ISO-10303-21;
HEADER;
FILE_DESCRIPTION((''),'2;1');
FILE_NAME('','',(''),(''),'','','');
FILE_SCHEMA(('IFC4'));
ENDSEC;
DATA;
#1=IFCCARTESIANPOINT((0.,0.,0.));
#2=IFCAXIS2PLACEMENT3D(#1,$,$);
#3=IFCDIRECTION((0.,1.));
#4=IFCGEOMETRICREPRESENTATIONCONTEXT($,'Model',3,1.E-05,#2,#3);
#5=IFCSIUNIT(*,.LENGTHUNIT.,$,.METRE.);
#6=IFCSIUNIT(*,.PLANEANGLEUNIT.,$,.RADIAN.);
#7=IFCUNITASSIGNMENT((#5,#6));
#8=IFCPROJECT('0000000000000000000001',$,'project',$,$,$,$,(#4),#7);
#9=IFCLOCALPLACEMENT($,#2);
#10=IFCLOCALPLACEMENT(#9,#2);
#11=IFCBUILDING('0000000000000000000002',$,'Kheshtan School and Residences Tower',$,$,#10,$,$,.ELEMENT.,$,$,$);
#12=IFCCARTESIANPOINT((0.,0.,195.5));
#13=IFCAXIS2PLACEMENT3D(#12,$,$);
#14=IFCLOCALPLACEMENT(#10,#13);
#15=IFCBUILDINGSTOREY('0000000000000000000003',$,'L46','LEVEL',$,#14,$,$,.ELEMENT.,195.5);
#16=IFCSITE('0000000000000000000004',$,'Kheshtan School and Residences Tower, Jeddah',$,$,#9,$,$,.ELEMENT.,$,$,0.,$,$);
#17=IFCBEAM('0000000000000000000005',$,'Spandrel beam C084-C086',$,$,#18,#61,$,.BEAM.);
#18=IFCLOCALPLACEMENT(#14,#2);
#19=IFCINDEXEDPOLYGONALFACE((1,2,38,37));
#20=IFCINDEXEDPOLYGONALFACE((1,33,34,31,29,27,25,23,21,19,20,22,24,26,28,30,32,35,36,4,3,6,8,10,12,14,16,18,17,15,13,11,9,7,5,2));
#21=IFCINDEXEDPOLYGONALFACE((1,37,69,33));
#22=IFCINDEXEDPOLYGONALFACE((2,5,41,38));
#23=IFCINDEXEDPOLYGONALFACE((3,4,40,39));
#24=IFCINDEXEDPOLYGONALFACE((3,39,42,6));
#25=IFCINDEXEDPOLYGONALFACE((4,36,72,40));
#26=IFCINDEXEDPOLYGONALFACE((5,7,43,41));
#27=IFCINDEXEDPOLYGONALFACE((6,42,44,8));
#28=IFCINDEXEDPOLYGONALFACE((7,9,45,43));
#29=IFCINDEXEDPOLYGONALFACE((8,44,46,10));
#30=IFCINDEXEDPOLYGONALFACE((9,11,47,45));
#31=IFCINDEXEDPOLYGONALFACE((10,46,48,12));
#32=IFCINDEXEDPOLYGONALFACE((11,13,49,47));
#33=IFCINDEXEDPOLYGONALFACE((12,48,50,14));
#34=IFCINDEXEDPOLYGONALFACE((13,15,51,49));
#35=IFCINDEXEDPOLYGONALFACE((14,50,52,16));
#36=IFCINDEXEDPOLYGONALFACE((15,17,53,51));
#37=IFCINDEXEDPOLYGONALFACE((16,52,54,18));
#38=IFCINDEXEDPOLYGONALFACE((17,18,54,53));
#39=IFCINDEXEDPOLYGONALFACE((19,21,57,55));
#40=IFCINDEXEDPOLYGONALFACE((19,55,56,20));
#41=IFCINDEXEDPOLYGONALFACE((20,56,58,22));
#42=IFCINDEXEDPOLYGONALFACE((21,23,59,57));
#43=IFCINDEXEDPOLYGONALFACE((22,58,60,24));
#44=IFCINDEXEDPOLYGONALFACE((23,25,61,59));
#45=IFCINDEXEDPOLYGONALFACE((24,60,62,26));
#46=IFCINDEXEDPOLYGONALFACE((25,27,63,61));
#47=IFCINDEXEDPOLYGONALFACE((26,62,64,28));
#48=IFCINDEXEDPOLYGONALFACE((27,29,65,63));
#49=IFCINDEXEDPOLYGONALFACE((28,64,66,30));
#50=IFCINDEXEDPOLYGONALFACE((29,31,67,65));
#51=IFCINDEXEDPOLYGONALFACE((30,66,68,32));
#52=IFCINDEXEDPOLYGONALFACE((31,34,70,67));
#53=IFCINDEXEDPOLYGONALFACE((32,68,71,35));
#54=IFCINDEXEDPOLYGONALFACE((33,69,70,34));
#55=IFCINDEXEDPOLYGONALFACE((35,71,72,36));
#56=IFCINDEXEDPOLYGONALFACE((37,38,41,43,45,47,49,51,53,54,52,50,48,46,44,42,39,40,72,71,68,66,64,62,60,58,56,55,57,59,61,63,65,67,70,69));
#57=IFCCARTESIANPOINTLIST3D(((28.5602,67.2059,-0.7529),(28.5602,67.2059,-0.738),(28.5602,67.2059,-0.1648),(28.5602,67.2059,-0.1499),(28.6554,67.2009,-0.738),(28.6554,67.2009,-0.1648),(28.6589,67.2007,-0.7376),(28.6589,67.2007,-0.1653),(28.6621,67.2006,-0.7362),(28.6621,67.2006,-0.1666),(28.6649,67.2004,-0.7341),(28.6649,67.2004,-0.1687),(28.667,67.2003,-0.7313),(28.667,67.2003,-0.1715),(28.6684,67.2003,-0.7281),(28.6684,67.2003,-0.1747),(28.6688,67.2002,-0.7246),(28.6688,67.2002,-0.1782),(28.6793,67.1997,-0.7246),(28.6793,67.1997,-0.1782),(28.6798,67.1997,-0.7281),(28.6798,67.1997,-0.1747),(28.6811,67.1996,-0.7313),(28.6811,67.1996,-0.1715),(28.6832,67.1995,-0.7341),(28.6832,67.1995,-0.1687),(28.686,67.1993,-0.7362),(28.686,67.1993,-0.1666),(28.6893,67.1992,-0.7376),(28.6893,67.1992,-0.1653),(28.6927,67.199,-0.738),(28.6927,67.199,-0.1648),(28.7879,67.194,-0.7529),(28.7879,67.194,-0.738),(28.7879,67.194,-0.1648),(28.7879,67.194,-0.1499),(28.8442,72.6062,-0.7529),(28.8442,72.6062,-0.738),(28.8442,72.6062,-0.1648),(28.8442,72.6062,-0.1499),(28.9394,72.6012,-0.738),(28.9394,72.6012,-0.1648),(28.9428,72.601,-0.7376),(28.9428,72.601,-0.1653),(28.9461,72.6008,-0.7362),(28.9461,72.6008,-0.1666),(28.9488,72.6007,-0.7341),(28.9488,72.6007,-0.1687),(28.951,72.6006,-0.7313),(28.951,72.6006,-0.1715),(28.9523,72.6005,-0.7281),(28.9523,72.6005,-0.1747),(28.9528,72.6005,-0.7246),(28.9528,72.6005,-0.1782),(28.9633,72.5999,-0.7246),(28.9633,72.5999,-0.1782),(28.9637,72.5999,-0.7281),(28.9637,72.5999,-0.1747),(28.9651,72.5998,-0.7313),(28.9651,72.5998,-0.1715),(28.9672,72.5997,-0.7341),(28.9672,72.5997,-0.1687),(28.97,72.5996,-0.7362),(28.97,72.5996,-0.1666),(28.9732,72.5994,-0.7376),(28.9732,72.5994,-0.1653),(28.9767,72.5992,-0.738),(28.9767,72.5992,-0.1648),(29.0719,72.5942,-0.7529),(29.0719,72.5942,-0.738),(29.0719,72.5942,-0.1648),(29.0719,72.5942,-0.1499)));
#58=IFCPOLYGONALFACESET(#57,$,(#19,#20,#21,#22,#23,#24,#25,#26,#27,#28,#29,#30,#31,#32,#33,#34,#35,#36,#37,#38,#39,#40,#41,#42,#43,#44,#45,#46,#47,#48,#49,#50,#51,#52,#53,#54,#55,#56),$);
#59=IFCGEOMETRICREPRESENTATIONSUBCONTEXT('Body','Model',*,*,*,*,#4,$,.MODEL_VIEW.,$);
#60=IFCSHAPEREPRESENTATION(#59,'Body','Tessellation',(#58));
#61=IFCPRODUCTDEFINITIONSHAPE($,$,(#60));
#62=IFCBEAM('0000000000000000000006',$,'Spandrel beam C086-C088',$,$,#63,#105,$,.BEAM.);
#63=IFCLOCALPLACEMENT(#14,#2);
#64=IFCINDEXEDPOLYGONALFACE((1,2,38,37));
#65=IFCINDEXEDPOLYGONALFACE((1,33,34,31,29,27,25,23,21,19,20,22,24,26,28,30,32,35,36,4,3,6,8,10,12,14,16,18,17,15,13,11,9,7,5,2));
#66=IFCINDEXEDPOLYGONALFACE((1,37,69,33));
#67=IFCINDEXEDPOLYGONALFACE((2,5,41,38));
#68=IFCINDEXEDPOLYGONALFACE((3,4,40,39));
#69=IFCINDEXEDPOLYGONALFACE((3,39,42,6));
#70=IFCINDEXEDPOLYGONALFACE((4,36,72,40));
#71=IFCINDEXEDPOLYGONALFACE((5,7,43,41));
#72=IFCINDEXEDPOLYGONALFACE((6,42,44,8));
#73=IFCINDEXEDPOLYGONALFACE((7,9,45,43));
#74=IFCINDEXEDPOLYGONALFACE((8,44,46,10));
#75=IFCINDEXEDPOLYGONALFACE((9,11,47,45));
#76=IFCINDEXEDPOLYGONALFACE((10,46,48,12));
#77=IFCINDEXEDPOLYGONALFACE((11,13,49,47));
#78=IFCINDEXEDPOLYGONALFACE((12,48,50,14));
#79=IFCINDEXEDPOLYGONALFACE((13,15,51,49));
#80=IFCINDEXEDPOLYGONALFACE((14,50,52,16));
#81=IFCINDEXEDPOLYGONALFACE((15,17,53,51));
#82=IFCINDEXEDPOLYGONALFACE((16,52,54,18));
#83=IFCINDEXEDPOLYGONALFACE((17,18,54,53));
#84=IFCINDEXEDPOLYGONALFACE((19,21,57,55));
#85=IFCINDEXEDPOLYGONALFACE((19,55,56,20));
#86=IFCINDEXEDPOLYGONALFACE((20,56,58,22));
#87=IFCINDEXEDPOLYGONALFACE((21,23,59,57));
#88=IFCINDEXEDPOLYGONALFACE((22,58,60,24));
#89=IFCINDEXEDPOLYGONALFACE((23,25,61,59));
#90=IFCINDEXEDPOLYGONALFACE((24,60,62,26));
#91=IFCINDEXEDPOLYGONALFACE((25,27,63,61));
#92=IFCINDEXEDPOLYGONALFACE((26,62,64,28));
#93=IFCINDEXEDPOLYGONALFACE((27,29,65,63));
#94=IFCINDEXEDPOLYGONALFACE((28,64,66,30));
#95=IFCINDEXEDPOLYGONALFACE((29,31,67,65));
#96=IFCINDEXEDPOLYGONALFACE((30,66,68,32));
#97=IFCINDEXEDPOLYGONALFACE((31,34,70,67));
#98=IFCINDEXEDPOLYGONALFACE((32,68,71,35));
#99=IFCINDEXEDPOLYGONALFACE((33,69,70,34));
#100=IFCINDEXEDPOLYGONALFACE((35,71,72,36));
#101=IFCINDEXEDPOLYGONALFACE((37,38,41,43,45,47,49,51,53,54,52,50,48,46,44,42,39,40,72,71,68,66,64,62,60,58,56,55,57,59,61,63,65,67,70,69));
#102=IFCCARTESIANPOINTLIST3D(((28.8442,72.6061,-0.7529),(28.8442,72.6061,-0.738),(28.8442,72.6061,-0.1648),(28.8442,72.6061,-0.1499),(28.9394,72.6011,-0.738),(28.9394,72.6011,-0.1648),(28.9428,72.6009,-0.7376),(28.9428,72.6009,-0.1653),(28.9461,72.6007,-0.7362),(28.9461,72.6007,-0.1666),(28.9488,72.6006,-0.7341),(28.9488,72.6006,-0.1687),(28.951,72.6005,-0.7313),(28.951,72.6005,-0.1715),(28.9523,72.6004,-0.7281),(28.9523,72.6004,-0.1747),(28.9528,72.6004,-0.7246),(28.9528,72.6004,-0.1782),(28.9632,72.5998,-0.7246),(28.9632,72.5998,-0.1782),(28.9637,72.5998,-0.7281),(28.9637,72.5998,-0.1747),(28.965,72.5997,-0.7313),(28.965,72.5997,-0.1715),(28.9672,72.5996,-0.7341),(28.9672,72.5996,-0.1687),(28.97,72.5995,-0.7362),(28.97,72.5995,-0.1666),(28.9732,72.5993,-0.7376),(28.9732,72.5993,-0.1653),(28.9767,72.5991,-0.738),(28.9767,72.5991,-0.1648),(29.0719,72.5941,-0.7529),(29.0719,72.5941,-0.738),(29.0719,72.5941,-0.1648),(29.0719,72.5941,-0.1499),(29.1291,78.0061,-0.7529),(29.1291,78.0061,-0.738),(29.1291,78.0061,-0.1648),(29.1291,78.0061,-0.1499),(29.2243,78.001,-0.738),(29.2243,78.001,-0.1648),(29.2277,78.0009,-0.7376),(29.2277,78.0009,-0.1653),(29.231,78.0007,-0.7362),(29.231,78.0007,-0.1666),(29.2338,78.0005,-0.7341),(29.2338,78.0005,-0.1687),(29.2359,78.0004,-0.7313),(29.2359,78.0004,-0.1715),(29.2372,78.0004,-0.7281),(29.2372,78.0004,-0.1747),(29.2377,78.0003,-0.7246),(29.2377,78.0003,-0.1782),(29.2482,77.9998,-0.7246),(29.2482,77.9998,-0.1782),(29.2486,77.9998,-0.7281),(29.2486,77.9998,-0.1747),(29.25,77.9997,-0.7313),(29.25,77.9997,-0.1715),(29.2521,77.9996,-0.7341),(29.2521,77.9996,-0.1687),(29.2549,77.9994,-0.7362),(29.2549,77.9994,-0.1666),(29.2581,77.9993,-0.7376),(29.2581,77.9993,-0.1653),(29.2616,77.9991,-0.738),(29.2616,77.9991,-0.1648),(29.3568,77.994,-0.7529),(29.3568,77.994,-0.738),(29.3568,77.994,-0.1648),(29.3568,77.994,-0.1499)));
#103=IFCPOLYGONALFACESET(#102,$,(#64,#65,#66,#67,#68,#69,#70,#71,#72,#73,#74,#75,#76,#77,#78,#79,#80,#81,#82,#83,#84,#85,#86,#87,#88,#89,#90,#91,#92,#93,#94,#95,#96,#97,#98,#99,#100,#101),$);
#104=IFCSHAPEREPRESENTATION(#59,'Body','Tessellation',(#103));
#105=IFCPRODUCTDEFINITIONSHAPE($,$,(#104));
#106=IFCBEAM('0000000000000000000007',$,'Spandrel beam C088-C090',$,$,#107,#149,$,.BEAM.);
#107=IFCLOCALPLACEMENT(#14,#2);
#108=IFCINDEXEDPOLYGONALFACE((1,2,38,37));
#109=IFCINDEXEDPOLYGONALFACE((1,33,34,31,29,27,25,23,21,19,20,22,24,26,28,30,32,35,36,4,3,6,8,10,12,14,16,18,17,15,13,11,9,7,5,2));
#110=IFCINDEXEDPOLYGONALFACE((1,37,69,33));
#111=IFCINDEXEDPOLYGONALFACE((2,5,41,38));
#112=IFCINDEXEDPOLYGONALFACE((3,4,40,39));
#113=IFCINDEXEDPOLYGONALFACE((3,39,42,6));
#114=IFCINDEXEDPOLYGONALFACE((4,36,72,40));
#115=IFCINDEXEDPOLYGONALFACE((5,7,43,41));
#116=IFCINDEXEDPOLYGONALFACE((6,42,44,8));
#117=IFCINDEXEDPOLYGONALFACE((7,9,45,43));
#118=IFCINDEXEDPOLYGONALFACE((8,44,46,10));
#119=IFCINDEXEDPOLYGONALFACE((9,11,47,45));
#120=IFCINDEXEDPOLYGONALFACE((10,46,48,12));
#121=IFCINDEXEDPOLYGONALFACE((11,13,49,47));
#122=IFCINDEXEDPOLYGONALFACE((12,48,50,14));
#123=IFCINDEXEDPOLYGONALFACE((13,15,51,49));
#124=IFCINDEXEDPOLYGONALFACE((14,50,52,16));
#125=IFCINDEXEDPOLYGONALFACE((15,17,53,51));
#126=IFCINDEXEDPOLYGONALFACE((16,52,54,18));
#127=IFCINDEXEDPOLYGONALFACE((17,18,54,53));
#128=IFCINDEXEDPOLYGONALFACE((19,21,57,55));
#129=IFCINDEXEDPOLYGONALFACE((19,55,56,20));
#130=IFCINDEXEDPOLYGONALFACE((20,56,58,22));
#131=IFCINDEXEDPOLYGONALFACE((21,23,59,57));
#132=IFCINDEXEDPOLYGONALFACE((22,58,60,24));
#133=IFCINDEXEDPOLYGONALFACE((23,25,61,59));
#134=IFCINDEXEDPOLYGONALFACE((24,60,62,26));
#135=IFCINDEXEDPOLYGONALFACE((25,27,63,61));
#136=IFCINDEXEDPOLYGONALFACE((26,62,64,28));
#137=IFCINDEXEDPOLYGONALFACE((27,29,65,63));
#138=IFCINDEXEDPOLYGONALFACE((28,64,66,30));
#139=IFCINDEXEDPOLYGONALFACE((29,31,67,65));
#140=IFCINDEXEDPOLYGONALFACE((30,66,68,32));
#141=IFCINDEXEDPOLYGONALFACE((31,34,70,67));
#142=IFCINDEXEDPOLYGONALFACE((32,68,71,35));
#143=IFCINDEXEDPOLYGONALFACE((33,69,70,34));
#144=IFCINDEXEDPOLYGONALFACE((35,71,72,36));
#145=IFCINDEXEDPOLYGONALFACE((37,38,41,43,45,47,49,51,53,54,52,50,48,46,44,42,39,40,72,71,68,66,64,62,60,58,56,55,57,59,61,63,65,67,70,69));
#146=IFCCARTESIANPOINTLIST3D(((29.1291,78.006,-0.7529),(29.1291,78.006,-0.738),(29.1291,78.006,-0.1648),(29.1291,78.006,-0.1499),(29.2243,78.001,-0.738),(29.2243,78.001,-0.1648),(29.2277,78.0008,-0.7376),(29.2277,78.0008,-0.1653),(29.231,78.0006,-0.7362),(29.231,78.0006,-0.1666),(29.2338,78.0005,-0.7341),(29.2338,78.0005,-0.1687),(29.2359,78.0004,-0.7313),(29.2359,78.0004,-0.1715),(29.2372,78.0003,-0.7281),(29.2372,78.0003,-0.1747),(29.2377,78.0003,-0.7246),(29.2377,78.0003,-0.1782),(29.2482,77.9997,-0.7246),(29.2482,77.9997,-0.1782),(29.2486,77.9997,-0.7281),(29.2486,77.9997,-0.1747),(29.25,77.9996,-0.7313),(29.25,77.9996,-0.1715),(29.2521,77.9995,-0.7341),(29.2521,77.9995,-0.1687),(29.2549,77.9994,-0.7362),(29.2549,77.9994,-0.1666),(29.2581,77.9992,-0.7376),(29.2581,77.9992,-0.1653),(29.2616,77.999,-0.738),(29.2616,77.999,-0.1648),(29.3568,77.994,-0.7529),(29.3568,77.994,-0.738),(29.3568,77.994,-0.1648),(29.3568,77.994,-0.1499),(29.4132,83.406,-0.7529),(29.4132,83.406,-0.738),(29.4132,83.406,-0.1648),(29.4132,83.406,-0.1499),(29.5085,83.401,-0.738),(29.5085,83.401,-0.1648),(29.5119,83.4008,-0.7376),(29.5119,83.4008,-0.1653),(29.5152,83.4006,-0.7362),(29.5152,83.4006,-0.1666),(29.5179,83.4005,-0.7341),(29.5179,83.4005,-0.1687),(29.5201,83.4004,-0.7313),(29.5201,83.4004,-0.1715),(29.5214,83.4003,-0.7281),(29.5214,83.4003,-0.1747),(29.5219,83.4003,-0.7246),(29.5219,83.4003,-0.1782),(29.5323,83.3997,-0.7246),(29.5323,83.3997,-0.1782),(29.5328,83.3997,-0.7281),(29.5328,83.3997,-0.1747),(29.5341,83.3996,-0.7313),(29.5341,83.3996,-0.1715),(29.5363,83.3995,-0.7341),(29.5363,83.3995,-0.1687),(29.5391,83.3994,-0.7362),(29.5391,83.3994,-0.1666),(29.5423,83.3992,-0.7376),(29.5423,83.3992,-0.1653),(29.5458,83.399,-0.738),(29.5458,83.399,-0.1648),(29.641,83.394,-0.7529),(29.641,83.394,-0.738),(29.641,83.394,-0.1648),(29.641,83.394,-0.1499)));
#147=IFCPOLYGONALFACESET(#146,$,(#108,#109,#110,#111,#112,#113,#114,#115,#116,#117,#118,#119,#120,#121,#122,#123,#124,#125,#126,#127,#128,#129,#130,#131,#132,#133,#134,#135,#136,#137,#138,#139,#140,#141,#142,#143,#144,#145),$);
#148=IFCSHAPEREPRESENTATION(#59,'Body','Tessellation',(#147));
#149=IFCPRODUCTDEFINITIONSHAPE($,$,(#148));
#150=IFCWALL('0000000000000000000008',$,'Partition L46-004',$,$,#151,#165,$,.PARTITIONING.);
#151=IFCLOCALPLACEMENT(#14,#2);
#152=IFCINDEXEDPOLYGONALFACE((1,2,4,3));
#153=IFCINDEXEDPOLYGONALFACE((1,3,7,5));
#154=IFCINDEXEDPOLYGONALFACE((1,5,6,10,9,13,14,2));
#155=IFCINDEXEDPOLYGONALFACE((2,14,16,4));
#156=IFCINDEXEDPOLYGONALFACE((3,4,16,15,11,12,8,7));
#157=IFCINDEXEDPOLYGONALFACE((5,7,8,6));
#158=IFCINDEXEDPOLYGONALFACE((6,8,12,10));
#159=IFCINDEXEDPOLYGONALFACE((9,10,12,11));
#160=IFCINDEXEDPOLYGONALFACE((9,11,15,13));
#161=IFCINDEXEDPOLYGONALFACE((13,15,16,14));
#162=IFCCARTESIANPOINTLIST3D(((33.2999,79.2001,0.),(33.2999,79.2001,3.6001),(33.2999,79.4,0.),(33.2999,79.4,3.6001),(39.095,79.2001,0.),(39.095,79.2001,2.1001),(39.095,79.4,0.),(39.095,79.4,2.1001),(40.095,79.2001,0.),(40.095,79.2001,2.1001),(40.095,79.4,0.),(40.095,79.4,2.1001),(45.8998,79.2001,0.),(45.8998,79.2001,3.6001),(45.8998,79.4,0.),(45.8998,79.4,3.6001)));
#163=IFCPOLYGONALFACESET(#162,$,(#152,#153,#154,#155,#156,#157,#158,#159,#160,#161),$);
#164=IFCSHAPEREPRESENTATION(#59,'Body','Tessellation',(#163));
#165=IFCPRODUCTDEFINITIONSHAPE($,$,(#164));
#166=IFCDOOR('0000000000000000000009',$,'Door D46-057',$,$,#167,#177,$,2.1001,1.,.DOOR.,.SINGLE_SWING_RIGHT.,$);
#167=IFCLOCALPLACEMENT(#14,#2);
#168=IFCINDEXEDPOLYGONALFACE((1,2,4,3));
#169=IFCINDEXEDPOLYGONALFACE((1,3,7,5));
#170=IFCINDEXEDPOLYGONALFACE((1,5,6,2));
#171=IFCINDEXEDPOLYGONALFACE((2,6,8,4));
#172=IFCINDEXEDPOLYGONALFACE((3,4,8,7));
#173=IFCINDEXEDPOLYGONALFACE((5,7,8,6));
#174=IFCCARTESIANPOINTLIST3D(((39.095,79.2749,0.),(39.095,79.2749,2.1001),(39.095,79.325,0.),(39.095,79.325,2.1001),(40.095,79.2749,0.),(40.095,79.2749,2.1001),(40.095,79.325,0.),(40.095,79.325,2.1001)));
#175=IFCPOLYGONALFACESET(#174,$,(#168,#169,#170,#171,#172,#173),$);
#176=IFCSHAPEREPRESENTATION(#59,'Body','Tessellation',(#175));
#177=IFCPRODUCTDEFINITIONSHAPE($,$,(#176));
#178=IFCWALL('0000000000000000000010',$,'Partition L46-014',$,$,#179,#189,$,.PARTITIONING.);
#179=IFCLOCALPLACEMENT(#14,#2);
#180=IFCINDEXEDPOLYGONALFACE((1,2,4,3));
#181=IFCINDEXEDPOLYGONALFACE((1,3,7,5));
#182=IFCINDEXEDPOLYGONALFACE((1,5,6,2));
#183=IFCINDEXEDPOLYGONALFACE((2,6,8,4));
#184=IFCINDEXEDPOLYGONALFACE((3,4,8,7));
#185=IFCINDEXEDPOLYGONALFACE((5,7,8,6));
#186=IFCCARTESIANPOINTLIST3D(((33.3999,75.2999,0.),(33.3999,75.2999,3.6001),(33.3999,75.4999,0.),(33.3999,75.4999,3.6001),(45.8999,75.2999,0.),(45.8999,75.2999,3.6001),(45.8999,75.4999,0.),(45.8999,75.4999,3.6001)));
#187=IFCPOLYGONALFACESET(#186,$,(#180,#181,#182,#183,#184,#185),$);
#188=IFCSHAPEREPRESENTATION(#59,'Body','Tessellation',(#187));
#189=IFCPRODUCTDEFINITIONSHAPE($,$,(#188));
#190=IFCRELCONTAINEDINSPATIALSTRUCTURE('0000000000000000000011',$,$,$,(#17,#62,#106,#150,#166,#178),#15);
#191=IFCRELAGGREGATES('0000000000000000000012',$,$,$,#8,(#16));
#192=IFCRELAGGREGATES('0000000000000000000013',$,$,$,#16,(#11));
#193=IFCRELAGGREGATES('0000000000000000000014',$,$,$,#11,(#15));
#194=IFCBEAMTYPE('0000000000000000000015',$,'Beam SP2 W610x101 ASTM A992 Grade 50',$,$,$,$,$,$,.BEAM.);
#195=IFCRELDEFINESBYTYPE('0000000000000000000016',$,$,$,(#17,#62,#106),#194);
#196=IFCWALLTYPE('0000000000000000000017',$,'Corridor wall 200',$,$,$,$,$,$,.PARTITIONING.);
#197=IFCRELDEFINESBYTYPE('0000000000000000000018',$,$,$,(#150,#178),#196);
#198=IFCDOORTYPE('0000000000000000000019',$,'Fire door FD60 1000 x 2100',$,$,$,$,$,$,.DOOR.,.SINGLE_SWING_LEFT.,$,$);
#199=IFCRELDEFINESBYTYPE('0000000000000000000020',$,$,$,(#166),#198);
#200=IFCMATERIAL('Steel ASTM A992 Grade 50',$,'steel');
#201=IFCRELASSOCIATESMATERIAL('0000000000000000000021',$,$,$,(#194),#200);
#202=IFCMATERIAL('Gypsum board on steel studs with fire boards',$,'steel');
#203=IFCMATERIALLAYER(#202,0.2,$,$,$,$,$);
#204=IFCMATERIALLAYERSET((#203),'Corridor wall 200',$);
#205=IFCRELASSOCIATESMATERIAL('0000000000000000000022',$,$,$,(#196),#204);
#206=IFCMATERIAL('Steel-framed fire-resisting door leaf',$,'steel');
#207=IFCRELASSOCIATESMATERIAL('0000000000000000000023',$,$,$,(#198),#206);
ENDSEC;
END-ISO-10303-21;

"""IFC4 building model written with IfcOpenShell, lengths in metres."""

from ifc_helpers import new_model, si_unit, direction, frame, frame_2d, origin, origin_2d, place, context, subcontext, project, spatial, rectangle, i_section, extrude, source, transform, mapped, material, layer, layer_set, material_profile, profile_set, type_object, element, fill, save


model = new_model("IFC4")

# Units and contexts
model_context = context("Model", 3, precision=1e-05, world=origin(), true_north=direction((0.0, 1.0)))
body_context = subcontext(model_context, "Body", "Model", "MODEL_VIEW")
ifc_project = project(units=[si_unit("LENGTHUNIT", "METRE"), si_unit("PLANEANGLEUNIT", "RADIAN")], contexts=[model_context])

# Site, building, storey
site_placement = place(None, origin())
site = spatial("IfcSite", under=ifc_project, at=site_placement, Name="Kheshtan School and Residences Tower, Jeddah", CompositionType="ELEMENT", RefElevation=0.0)
building_placement = place(site_placement, origin())
building = spatial("IfcBuilding", under=site, at=building_placement, Name="Kheshtan School and Residences Tower", CompositionType="ELEMENT")
storey_placement = place(building_placement, frame((0.0, 0.0, 195.5)))
storey = spatial("IfcBuildingStorey", under=building, at=storey_placement, Name="L46", Description="LEVEL", CompositionType="ELEMENT", Elevation=195.5)

# Shared definitions
ifc_material_1 = material(Name="Steel ASTM A992 Grade 50", Category="steel")

# Beams
ifc_material_profile_1 = material_profile(ifc_material_1, i_section(OverallWidth=0.228, OverallDepth=0.603, WebThickness=0.0105, FlangeThickness=0.0149, FilletRadius=0.0134, at=origin_2d()), Name="W610x101")
ifc_profile_set_1 = profile_set([ifc_material_profile_1], Name="Steel ASTM A992 Grade 50")
beam_type_1 = type_object("IfcBeamType", Name="Beam SP2 W610x101 ASTM A992 Grade 50", PredefinedType="BEAM", material=ifc_profile_set_1)
beam_1_placement = place(storey_placement, frame((28.6741, 67.2, -0.4514), z_axis=(0.052507, 0.998621, 0.0), x_axis=(-0.998621, 0.052507, 0.0)))
element("IfcBeam", 1, at=beam_1_placement, inside=storey, type_object=beam_type_1, Name="Spandrel beam C084-C086", PredefinedType="BEAM", context=body_context, shape_type="SweptSolid", body=[
    extrude(i_section(OverallWidth=0.228, OverallDepth=0.603, WebThickness=0.0105, FlangeThickness=0.0149, FilletRadius=0.0134, at=origin_2d()), origin(), (0.0, 0.0, 1.0), 5.4077),
])
for number, where, z_axis, x_axis, name in (
    (2, (28.958, 72.6001, -0.4514), (0.052689, 0.998611, 0.0), (-0.998611, 0.052689, 0.0), "Spandrel beam C086-C088"),
    (3, (29.2429, 78.0, -0.4514), (0.052554, 0.998618, 0.0), (-0.998618, 0.052554, 0.0), "Spandrel beam C088-C090"),
):
    element("IfcBeam", number, at=place(storey_placement, frame(where, z_axis=z_axis, x_axis=x_axis)), inside=storey, type_object=beam_type_1, Name=name, PredefinedType="BEAM", context=body_context, shape_type="SweptSolid", body=[
        extrude(i_section(OverallWidth=0.228, OverallDepth=0.603, WebThickness=0.0105, FlangeThickness=0.0149, FilletRadius=0.0134, at=origin_2d()), origin(), (0.0, 0.0, 1.0), 5.4075),
    ])

# Wall, opening, door
ifc_material_2 = material(Name="Gypsum board on steel studs with fire boards", Category="steel")
ifc_layer_1 = layer(ifc_material_2, 0.2)
ifc_layer_set_1 = layer_set([ifc_layer_1], Name="Corridor wall 200")
wall_type_1 = type_object("IfcWallType", Name="Corridor wall 200", PredefinedType="PARTITIONING", material=ifc_layer_set_1)
wall_1_placement = place(storey_placement, frame((33.3, 79.3, 0.0), z_axis=(0.0, 0.0, 1.0), x_axis=(1.0, 0.0, 0.0)))
wall_1 = element("IfcWall", 4, at=wall_1_placement, inside=storey, type_object=wall_type_1, Name="Partition L46-004", PredefinedType="PARTITIONING", context=body_context, shape_type="SweptSolid", body=[
    extrude(rectangle(XDim=12.5999, YDim=0.2, at=frame_2d((6.2998, 0.0))), origin(), (0.0, 0.0, 1.0), 3.6001),
])
opening_1_placement = place(wall_1_placement, frame((5.7949, 0.0, 0.0)))
opening_1 = element("IfcOpeningElement", 5, at=opening_1_placement, cuts=wall_1, PredefinedType="OPENING", context=body_context, shape_type="SweptSolid", body=[
    extrude(rectangle(XDim=1.0, YDim=2.1001, at=frame_2d((0.5, 1.05))), frame((0.0, 0.1099, 0.0), z_axis=(0.0, -1.0, 0.0), x_axis=(1.0, 0.0, 0.0)), (0.0, 0.0, 1.0), 0.22),
])
ifc_material_3 = material(Name="Steel-framed fire-resisting door leaf", Category="steel")
door_type_1 = type_object("IfcDoorType", Name="Fire door FD60 1000 x 2100", OperationType="SINGLE_SWING_LEFT", PredefinedType="DOOR", material=ifc_material_3)
shared_shape_1 = source(origin(), body_context, "Body", "SweptSolid", [
    extrude(rectangle(XDim=1.0, YDim=2.1001, at=frame_2d((0.5, 1.05))), frame((0.0, 0.0249, 0.0), z_axis=(0.0, -1.0, 0.0), x_axis=(1.0, 0.0, 0.0)), (0.0, 0.0, 1.0), 0.05),
])
door_1_placement = place(opening_1_placement, origin())
door_1 = element("IfcDoor", 6, at=door_1_placement, inside=storey, type_object=door_type_1, Name="Door D46-057", OperationType="SINGLE_SWING_RIGHT", OverallHeight=2.1001, OverallWidth=1.0, PredefinedType="DOOR", context=body_context, shape_type="MappedRepresentation", body=[
    mapped(shared_shape_1, transform((0.0, 0.0, 0.0), x_axis=(1.0, 0.0, 0.0), y_axis=(0.0, 1.0, 0.0), z_axis=(0.0, 0.0, 1.0), scale=1.0)),
])
fill(opening_1, door_1)

# Wall
wall_2_placement = place(storey_placement, frame((33.3999, 75.3999, 0.0), z_axis=(0.0, 0.0, 1.0), x_axis=(1.0, 0.0, 0.0)))
element("IfcWall", 7, at=wall_2_placement, inside=storey, type_object=wall_type_1, Name="Partition L46-014", PredefinedType="PARTITIONING", context=body_context, shape_type="SweptSolid", body=[
    extrude(rectangle(XDim=12.5, YDim=0.2, at=frame_2d((6.25, 0.0))), origin(), (0.0, 0.0, 1.0), 3.6001),
])

save(model, "model.ifc")
